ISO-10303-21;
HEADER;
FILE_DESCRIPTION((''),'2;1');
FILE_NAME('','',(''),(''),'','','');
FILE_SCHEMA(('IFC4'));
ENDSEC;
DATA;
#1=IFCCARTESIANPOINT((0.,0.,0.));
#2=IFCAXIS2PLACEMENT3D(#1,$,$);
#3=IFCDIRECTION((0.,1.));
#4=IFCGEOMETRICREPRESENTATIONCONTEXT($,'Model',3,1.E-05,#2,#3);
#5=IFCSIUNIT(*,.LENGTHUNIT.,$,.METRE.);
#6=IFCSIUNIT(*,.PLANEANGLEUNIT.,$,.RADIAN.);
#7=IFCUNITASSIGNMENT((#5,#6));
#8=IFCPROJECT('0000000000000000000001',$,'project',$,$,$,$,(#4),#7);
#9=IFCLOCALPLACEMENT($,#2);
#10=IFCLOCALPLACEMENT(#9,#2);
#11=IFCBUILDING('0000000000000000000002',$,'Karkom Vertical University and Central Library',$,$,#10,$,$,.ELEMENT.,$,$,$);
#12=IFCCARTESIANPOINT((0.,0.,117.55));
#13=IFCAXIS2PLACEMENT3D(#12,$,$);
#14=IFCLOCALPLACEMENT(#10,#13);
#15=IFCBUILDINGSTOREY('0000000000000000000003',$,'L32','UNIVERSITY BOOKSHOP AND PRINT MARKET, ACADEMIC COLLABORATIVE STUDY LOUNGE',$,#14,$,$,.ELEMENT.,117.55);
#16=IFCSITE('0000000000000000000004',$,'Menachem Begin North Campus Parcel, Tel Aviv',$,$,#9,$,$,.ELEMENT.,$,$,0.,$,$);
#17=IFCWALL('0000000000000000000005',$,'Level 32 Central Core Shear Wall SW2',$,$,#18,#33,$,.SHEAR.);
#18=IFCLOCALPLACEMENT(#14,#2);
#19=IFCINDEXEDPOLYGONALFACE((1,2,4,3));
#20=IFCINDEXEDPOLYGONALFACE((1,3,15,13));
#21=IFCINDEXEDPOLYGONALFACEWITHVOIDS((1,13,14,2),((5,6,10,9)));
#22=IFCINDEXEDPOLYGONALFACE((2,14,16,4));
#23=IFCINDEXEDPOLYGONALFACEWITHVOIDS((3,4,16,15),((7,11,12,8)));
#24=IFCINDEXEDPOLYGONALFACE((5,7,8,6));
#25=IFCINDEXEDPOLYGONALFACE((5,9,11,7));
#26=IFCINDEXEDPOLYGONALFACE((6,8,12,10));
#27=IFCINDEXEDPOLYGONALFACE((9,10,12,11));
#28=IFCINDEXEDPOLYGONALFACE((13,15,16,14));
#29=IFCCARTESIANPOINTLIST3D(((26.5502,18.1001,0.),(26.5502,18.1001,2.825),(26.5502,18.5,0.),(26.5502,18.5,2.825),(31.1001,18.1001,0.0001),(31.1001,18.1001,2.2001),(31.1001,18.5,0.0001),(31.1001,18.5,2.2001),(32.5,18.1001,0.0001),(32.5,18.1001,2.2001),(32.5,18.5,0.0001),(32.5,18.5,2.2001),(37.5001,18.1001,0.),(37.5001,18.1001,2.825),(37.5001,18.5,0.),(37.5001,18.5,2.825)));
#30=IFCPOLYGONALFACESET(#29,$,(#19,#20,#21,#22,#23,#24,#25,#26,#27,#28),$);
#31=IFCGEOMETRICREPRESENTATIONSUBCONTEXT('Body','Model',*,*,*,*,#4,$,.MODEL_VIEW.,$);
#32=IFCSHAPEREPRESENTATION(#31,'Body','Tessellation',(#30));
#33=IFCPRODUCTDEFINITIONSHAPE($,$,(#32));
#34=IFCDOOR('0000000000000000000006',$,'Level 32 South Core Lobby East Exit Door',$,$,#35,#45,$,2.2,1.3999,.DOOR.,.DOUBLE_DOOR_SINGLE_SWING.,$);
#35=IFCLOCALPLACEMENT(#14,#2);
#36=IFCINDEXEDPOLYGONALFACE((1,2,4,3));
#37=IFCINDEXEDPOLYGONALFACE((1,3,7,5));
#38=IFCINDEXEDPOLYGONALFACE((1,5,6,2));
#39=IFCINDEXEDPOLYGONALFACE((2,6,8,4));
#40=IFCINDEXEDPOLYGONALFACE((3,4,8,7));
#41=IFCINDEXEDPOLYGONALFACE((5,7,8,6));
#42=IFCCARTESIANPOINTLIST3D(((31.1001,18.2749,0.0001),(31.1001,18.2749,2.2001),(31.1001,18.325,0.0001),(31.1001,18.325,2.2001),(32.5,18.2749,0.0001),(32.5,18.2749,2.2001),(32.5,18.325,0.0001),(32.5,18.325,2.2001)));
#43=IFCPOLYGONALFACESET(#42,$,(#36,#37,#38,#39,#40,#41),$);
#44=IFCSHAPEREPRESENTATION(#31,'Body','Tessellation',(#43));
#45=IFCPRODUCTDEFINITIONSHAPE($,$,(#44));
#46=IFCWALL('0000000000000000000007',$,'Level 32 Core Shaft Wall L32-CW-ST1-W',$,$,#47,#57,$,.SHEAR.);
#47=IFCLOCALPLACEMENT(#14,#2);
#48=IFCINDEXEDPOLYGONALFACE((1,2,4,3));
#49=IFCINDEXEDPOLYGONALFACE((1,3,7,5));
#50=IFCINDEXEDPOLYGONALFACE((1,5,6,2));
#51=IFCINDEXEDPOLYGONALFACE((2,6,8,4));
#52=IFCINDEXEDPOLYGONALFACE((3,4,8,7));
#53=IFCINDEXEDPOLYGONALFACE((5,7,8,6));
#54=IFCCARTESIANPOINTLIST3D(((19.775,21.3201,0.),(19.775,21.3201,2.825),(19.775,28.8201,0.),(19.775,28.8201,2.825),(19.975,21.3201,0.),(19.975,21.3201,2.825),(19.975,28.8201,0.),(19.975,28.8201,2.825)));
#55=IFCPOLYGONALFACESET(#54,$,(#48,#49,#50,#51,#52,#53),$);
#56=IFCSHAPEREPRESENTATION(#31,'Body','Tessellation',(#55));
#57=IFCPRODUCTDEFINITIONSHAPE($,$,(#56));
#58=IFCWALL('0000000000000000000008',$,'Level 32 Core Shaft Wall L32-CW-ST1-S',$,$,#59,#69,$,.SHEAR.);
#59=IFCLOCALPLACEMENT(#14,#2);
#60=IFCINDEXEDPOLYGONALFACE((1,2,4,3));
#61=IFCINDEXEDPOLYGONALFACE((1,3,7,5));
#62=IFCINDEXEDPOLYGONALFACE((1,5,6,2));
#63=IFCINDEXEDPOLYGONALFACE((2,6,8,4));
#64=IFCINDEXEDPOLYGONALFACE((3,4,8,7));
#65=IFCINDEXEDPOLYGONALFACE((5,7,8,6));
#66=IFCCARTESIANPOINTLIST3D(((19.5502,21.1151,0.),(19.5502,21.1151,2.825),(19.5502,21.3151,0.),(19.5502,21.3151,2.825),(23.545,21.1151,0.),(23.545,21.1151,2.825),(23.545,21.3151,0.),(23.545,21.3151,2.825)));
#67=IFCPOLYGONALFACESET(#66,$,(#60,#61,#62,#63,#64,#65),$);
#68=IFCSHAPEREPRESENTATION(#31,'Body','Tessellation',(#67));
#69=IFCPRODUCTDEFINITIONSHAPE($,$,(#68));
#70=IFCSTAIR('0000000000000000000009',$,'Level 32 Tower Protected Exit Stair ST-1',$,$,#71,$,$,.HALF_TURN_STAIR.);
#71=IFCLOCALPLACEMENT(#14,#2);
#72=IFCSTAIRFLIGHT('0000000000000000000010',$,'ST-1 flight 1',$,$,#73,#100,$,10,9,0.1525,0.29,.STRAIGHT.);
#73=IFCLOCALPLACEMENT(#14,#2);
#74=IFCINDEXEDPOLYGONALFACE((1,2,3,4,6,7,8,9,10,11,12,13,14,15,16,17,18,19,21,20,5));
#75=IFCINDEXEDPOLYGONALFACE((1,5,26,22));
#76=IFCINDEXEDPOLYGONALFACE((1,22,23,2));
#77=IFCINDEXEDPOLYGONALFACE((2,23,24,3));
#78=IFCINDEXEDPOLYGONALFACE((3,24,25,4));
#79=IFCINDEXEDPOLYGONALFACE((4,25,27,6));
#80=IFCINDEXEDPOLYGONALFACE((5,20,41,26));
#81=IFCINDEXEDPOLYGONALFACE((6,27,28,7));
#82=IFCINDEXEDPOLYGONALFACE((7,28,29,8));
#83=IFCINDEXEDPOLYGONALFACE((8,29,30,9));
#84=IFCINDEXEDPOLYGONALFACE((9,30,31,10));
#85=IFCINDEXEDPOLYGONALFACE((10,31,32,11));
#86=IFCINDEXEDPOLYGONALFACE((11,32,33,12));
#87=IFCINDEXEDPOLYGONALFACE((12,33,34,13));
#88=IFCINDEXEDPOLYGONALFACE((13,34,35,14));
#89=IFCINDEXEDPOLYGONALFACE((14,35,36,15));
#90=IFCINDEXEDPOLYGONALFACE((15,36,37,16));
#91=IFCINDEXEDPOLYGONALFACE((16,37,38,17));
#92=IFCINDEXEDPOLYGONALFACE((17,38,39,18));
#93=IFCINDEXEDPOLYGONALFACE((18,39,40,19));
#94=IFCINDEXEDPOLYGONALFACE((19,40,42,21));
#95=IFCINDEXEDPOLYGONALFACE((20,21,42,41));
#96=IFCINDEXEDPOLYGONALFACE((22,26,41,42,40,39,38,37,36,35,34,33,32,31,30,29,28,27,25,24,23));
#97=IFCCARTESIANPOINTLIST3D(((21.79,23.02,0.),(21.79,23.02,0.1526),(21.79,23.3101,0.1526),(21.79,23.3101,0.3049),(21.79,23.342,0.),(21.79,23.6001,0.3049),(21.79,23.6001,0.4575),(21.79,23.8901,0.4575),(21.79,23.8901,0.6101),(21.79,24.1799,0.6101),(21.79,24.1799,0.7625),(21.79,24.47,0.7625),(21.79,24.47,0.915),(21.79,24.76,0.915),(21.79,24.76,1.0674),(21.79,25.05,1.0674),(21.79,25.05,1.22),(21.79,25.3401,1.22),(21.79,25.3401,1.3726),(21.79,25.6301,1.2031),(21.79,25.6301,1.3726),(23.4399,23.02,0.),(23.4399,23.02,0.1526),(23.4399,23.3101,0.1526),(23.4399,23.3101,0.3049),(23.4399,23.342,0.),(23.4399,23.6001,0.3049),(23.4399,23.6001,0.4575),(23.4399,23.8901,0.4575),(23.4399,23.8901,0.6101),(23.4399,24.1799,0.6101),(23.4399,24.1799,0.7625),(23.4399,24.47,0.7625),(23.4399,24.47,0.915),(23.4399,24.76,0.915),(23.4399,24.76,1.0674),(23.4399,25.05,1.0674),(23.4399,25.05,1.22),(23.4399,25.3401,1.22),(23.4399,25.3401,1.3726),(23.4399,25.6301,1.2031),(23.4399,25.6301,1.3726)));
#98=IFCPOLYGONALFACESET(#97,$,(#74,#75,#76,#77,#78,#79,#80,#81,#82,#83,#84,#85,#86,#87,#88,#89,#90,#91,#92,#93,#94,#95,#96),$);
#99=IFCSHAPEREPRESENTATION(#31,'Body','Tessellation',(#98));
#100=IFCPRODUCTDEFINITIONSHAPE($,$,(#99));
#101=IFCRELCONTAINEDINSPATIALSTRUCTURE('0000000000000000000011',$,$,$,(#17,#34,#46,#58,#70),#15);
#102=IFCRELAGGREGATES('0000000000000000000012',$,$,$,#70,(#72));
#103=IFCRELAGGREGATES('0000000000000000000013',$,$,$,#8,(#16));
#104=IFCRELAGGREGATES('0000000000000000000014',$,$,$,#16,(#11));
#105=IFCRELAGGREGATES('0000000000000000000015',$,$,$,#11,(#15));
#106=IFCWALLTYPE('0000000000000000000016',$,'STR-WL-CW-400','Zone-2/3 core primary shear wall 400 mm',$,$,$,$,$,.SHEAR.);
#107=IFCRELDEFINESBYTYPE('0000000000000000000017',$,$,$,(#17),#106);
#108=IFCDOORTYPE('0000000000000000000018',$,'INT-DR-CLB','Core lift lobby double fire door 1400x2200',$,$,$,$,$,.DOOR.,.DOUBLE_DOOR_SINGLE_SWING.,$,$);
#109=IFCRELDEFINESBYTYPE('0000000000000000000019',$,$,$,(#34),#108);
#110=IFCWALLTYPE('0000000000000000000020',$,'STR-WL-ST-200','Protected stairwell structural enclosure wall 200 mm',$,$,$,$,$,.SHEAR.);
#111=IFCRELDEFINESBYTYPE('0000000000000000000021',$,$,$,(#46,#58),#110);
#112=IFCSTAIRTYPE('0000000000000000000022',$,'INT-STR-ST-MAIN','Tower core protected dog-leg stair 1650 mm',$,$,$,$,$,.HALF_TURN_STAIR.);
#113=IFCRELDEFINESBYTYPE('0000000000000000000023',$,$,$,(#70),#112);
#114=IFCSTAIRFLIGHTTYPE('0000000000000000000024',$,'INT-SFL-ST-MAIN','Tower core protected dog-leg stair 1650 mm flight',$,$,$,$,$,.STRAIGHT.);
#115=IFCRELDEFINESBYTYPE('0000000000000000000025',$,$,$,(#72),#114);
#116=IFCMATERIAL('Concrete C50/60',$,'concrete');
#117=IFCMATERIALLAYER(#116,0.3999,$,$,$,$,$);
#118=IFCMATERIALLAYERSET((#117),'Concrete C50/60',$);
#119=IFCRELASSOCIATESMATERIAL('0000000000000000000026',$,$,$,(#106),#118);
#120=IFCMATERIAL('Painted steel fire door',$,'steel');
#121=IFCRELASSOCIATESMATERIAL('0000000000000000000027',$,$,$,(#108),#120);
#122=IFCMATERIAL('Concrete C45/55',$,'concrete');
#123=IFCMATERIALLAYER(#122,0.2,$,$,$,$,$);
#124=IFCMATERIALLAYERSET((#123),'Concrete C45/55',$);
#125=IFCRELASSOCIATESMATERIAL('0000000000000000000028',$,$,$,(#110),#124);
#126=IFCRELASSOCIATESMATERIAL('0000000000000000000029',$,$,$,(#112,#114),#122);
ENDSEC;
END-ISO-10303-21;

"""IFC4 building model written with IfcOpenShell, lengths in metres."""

from ifc_helpers import new_model, si_unit, direction, frame, frame_2d, origin, origin_with_axes, place, context, subcontext, project, spatial, polyline, rectangle, outline, extrude, source, transform, mapped, material, layer, layer_set, type_object, element, fill, aggregate, save


model = new_model("IFC4")

# Units and contexts
model_context = context("Model", 3, precision=1e-05, world=origin(), true_north=direction((0.0, 1.0)))
body_context = subcontext(model_context, "Body", "Model", "MODEL_VIEW")
ifc_project = project(units=[si_unit("LENGTHUNIT", "METRE"), si_unit("PLANEANGLEUNIT", "RADIAN")], contexts=[model_context])

# Site, building, storey
site_placement = place(None, origin())
site = spatial("IfcSite", under=ifc_project, at=site_placement, Name="Menachem Begin North Campus Parcel, Tel Aviv", CompositionType="ELEMENT", RefElevation=0.0)
building_placement = place(site_placement, origin())
building = spatial("IfcBuilding", under=site, at=building_placement, Name="Karkom Vertical University and Central Library", CompositionType="ELEMENT")
storey_placement = place(building_placement, frame((0.0, 0.0, 117.55)))
storey = spatial("IfcBuildingStorey", under=building, at=storey_placement, Name="L32", Description="UNIVERSITY BOOKSHOP AND PRINT MARKET, ACADEMIC COLLABORATIVE STUDY LOUNGE", CompositionType="ELEMENT", Elevation=117.55)

# Shared definitions
ifc_material_1 = material(Name="Concrete C50/60", Category="concrete")

# Wall, opening, door
ifc_layer_1 = layer(ifc_material_1, 0.3999)
ifc_layer_set_1 = layer_set([ifc_layer_1], Name="Concrete C50/60")
wall_type_1 = type_object("IfcWallType", Name="STR-WL-CW-400", Description="Zone-2/3 core primary shear wall 400 mm", PredefinedType="SHEAR", material=ifc_layer_set_1)
wall_1_placement = place(storey_placement, frame((26.55, 18.3, 0.0), z_axis=(0.0, 0.0, 1.0), x_axis=(1.0, 0.0, 0.0)))
wall_1 = element("IfcWall", 1, at=wall_1_placement, inside=storey, type_object=wall_type_1, Name="Level 32 Central Core Shear Wall SW2", PredefinedType="SHEAR", context=body_context, shape_type="SweptSolid", body=[
    extrude(rectangle(XDim=10.95, YDim=0.3999, at=frame_2d((5.4751, 0.0))), origin(), (0.0, 0.0, 1.0), 2.825),
])
opening_1_placement = place(wall_1_placement, frame((4.55, 0.0, 0.0)))
opening_1 = element("IfcOpeningElement", 2, at=opening_1_placement, cuts=wall_1, PredefinedType="OPENING", context=body_context, shape_type="SweptSolid", body=[
    extrude(rectangle(XDim=1.3999, YDim=2.2, at=frame_2d((0.7, 1.1001))), frame((0.0, 0.21, 0.0), z_axis=(0.0, -1.0, 0.0), x_axis=(1.0, 0.0, 0.0)), (0.0, 0.0, 1.0), 0.4199),
])
ifc_material_2 = material(Name="Painted steel fire door", Category="steel")
door_type_1 = type_object("IfcDoorType", Name="INT-DR-CLB", Description="Core lift lobby double fire door 1400x2200", OperationType="DOUBLE_DOOR_SINGLE_SWING", PredefinedType="DOOR", material=ifc_material_2)
shared_shape_1 = source(origin_with_axes(), body_context, "Body", "SweptSolid", [
    extrude(rectangle(XDim=1.3999, YDim=2.2, at=frame_2d((0.7, 1.1001))), frame((0.0, 0.0249, 0.0), z_axis=(0.0, -1.0, 0.0), x_axis=(1.0, 0.0, 0.0)), (0.0, 0.0, 1.0), 0.05),
])
door_1_placement = place(opening_1_placement, origin())
door_1 = element("IfcDoor", 3, at=door_1_placement, inside=storey, type_object=door_type_1, Name="Level 32 South Core Lobby East Exit Door", OperationType="DOUBLE_DOOR_SINGLE_SWING", OverallHeight=2.2, OverallWidth=1.3999, PredefinedType="DOOR", context=body_context, shape_type="MappedRepresentation", body=[
    mapped(shared_shape_1, transform((0.0, 0.0, 0.0), scale=1.0)),
])
fill(opening_1, door_1)

# Shared definitions
ifc_material_3 = material(Name="Concrete C45/55", Category="concrete")
ifc_layer_2 = layer(ifc_material_3, 0.2)
ifc_layer_set_2 = layer_set([ifc_layer_2], Name="Concrete C45/55")
wall_type_2 = type_object("IfcWallType", Name="STR-WL-ST-200", Description="Protected stairwell structural enclosure wall 200 mm", PredefinedType="SHEAR", material=ifc_layer_set_2)

# Walls
wall_2_placement = place(storey_placement, frame((19.875, 21.3201, 0.0), z_axis=(0.0, 0.0, 1.0), x_axis=(0.0, 1.0, 0.0)))
element("IfcWall", 4, at=wall_2_placement, inside=storey, type_object=wall_type_2, Name="Level 32 Core Shaft Wall L32-CW-ST1-W", PredefinedType="SHEAR", context=body_context, shape_type="SweptSolid", body=[
    extrude(rectangle(XDim=7.5, YDim=0.2, at=frame_2d((3.75, 0.0))), origin(), (0.0, 0.0, 1.0), 2.825),
])
wall_3_placement = place(storey_placement, frame((19.55, 21.2151, 0.0), z_axis=(0.0, 0.0, 1.0), x_axis=(1.0, 0.0, 0.0)))
element("IfcWall", 5, at=wall_3_placement, inside=storey, type_object=wall_type_2, Name="Level 32 Core Shaft Wall L32-CW-ST1-S", PredefinedType="SHEAR", context=body_context, shape_type="SweptSolid", body=[
    extrude(rectangle(XDim=3.9949, YDim=0.2, at=frame_2d((1.9976, 0.0))), origin(), (0.0, 0.0, 1.0), 2.825),
])

# Stair, stair flight
stair_type = type_object("IfcStairType", Name="INT-STR-ST-MAIN", Description="Tower core protected dog-leg stair 1650 mm", PredefinedType="HALF_TURN_STAIR", material=ifc_material_3)
stair_placement = place(storey_placement, origin())
stair = element("IfcStair", 6, at=stair_placement, inside=storey, type_object=stair_type, Name="Level 32 Tower Protected Exit Stair ST-1", PredefinedType="HALF_TURN_STAIR")
stair_flight_type = type_object("IfcStairFlightType", Name="INT-SFL-ST-MAIN", Description="Tower core protected dog-leg stair 1650 mm flight", PredefinedType="STRAIGHT", material=ifc_material_3)
stair_flight_placement = place(storey_placement, frame((22.615, 23.02, 0.0), z_axis=(0.0, 0.0, 1.0), x_axis=(0.0, 1.0, 0.0)))
stair_flight = element("IfcStairFlight", 7, at=stair_flight_placement, type_object=stair_flight_type, Name="ST-1 flight 1", NumberOfRisers=10, NumberOfTreads=9, PredefinedType="STRAIGHT", RiserHeight=0.1525, TreadLength=0.29, context=body_context, shape_type="SweptSolid", body=[
    extrude(outline(polyline([(0.0, 0.0), (0.0, 0.1526), (0.29, 0.1526), (0.29, 0.3049), (0.5801, 0.3049), (0.5801, 0.4575), (0.8701, 0.4575), (0.8701, 0.6101), (1.1599, 0.6101), (1.1599, 0.7625), (1.45, 0.7625), (1.45, 0.915), (1.74, 0.915), (1.74, 1.0674), (2.03, 1.0674), (2.03, 1.22), (2.3201, 1.22), (2.3201, 1.3726), (2.6101, 1.3726), (2.6101, 1.5249), (2.6101, 1.2031), (0.322, 0.0), (0.0, 0.0)])), frame((0.0, 0.825, 0.0), z_axis=(0.0, -1.0, 0.0), x_axis=(1.0, 0.0, 0.0)), (0.0, 0.0, 1.0), 1.6499),
])
aggregate(stair, [stair_flight])

save(model, "model.ifc")
